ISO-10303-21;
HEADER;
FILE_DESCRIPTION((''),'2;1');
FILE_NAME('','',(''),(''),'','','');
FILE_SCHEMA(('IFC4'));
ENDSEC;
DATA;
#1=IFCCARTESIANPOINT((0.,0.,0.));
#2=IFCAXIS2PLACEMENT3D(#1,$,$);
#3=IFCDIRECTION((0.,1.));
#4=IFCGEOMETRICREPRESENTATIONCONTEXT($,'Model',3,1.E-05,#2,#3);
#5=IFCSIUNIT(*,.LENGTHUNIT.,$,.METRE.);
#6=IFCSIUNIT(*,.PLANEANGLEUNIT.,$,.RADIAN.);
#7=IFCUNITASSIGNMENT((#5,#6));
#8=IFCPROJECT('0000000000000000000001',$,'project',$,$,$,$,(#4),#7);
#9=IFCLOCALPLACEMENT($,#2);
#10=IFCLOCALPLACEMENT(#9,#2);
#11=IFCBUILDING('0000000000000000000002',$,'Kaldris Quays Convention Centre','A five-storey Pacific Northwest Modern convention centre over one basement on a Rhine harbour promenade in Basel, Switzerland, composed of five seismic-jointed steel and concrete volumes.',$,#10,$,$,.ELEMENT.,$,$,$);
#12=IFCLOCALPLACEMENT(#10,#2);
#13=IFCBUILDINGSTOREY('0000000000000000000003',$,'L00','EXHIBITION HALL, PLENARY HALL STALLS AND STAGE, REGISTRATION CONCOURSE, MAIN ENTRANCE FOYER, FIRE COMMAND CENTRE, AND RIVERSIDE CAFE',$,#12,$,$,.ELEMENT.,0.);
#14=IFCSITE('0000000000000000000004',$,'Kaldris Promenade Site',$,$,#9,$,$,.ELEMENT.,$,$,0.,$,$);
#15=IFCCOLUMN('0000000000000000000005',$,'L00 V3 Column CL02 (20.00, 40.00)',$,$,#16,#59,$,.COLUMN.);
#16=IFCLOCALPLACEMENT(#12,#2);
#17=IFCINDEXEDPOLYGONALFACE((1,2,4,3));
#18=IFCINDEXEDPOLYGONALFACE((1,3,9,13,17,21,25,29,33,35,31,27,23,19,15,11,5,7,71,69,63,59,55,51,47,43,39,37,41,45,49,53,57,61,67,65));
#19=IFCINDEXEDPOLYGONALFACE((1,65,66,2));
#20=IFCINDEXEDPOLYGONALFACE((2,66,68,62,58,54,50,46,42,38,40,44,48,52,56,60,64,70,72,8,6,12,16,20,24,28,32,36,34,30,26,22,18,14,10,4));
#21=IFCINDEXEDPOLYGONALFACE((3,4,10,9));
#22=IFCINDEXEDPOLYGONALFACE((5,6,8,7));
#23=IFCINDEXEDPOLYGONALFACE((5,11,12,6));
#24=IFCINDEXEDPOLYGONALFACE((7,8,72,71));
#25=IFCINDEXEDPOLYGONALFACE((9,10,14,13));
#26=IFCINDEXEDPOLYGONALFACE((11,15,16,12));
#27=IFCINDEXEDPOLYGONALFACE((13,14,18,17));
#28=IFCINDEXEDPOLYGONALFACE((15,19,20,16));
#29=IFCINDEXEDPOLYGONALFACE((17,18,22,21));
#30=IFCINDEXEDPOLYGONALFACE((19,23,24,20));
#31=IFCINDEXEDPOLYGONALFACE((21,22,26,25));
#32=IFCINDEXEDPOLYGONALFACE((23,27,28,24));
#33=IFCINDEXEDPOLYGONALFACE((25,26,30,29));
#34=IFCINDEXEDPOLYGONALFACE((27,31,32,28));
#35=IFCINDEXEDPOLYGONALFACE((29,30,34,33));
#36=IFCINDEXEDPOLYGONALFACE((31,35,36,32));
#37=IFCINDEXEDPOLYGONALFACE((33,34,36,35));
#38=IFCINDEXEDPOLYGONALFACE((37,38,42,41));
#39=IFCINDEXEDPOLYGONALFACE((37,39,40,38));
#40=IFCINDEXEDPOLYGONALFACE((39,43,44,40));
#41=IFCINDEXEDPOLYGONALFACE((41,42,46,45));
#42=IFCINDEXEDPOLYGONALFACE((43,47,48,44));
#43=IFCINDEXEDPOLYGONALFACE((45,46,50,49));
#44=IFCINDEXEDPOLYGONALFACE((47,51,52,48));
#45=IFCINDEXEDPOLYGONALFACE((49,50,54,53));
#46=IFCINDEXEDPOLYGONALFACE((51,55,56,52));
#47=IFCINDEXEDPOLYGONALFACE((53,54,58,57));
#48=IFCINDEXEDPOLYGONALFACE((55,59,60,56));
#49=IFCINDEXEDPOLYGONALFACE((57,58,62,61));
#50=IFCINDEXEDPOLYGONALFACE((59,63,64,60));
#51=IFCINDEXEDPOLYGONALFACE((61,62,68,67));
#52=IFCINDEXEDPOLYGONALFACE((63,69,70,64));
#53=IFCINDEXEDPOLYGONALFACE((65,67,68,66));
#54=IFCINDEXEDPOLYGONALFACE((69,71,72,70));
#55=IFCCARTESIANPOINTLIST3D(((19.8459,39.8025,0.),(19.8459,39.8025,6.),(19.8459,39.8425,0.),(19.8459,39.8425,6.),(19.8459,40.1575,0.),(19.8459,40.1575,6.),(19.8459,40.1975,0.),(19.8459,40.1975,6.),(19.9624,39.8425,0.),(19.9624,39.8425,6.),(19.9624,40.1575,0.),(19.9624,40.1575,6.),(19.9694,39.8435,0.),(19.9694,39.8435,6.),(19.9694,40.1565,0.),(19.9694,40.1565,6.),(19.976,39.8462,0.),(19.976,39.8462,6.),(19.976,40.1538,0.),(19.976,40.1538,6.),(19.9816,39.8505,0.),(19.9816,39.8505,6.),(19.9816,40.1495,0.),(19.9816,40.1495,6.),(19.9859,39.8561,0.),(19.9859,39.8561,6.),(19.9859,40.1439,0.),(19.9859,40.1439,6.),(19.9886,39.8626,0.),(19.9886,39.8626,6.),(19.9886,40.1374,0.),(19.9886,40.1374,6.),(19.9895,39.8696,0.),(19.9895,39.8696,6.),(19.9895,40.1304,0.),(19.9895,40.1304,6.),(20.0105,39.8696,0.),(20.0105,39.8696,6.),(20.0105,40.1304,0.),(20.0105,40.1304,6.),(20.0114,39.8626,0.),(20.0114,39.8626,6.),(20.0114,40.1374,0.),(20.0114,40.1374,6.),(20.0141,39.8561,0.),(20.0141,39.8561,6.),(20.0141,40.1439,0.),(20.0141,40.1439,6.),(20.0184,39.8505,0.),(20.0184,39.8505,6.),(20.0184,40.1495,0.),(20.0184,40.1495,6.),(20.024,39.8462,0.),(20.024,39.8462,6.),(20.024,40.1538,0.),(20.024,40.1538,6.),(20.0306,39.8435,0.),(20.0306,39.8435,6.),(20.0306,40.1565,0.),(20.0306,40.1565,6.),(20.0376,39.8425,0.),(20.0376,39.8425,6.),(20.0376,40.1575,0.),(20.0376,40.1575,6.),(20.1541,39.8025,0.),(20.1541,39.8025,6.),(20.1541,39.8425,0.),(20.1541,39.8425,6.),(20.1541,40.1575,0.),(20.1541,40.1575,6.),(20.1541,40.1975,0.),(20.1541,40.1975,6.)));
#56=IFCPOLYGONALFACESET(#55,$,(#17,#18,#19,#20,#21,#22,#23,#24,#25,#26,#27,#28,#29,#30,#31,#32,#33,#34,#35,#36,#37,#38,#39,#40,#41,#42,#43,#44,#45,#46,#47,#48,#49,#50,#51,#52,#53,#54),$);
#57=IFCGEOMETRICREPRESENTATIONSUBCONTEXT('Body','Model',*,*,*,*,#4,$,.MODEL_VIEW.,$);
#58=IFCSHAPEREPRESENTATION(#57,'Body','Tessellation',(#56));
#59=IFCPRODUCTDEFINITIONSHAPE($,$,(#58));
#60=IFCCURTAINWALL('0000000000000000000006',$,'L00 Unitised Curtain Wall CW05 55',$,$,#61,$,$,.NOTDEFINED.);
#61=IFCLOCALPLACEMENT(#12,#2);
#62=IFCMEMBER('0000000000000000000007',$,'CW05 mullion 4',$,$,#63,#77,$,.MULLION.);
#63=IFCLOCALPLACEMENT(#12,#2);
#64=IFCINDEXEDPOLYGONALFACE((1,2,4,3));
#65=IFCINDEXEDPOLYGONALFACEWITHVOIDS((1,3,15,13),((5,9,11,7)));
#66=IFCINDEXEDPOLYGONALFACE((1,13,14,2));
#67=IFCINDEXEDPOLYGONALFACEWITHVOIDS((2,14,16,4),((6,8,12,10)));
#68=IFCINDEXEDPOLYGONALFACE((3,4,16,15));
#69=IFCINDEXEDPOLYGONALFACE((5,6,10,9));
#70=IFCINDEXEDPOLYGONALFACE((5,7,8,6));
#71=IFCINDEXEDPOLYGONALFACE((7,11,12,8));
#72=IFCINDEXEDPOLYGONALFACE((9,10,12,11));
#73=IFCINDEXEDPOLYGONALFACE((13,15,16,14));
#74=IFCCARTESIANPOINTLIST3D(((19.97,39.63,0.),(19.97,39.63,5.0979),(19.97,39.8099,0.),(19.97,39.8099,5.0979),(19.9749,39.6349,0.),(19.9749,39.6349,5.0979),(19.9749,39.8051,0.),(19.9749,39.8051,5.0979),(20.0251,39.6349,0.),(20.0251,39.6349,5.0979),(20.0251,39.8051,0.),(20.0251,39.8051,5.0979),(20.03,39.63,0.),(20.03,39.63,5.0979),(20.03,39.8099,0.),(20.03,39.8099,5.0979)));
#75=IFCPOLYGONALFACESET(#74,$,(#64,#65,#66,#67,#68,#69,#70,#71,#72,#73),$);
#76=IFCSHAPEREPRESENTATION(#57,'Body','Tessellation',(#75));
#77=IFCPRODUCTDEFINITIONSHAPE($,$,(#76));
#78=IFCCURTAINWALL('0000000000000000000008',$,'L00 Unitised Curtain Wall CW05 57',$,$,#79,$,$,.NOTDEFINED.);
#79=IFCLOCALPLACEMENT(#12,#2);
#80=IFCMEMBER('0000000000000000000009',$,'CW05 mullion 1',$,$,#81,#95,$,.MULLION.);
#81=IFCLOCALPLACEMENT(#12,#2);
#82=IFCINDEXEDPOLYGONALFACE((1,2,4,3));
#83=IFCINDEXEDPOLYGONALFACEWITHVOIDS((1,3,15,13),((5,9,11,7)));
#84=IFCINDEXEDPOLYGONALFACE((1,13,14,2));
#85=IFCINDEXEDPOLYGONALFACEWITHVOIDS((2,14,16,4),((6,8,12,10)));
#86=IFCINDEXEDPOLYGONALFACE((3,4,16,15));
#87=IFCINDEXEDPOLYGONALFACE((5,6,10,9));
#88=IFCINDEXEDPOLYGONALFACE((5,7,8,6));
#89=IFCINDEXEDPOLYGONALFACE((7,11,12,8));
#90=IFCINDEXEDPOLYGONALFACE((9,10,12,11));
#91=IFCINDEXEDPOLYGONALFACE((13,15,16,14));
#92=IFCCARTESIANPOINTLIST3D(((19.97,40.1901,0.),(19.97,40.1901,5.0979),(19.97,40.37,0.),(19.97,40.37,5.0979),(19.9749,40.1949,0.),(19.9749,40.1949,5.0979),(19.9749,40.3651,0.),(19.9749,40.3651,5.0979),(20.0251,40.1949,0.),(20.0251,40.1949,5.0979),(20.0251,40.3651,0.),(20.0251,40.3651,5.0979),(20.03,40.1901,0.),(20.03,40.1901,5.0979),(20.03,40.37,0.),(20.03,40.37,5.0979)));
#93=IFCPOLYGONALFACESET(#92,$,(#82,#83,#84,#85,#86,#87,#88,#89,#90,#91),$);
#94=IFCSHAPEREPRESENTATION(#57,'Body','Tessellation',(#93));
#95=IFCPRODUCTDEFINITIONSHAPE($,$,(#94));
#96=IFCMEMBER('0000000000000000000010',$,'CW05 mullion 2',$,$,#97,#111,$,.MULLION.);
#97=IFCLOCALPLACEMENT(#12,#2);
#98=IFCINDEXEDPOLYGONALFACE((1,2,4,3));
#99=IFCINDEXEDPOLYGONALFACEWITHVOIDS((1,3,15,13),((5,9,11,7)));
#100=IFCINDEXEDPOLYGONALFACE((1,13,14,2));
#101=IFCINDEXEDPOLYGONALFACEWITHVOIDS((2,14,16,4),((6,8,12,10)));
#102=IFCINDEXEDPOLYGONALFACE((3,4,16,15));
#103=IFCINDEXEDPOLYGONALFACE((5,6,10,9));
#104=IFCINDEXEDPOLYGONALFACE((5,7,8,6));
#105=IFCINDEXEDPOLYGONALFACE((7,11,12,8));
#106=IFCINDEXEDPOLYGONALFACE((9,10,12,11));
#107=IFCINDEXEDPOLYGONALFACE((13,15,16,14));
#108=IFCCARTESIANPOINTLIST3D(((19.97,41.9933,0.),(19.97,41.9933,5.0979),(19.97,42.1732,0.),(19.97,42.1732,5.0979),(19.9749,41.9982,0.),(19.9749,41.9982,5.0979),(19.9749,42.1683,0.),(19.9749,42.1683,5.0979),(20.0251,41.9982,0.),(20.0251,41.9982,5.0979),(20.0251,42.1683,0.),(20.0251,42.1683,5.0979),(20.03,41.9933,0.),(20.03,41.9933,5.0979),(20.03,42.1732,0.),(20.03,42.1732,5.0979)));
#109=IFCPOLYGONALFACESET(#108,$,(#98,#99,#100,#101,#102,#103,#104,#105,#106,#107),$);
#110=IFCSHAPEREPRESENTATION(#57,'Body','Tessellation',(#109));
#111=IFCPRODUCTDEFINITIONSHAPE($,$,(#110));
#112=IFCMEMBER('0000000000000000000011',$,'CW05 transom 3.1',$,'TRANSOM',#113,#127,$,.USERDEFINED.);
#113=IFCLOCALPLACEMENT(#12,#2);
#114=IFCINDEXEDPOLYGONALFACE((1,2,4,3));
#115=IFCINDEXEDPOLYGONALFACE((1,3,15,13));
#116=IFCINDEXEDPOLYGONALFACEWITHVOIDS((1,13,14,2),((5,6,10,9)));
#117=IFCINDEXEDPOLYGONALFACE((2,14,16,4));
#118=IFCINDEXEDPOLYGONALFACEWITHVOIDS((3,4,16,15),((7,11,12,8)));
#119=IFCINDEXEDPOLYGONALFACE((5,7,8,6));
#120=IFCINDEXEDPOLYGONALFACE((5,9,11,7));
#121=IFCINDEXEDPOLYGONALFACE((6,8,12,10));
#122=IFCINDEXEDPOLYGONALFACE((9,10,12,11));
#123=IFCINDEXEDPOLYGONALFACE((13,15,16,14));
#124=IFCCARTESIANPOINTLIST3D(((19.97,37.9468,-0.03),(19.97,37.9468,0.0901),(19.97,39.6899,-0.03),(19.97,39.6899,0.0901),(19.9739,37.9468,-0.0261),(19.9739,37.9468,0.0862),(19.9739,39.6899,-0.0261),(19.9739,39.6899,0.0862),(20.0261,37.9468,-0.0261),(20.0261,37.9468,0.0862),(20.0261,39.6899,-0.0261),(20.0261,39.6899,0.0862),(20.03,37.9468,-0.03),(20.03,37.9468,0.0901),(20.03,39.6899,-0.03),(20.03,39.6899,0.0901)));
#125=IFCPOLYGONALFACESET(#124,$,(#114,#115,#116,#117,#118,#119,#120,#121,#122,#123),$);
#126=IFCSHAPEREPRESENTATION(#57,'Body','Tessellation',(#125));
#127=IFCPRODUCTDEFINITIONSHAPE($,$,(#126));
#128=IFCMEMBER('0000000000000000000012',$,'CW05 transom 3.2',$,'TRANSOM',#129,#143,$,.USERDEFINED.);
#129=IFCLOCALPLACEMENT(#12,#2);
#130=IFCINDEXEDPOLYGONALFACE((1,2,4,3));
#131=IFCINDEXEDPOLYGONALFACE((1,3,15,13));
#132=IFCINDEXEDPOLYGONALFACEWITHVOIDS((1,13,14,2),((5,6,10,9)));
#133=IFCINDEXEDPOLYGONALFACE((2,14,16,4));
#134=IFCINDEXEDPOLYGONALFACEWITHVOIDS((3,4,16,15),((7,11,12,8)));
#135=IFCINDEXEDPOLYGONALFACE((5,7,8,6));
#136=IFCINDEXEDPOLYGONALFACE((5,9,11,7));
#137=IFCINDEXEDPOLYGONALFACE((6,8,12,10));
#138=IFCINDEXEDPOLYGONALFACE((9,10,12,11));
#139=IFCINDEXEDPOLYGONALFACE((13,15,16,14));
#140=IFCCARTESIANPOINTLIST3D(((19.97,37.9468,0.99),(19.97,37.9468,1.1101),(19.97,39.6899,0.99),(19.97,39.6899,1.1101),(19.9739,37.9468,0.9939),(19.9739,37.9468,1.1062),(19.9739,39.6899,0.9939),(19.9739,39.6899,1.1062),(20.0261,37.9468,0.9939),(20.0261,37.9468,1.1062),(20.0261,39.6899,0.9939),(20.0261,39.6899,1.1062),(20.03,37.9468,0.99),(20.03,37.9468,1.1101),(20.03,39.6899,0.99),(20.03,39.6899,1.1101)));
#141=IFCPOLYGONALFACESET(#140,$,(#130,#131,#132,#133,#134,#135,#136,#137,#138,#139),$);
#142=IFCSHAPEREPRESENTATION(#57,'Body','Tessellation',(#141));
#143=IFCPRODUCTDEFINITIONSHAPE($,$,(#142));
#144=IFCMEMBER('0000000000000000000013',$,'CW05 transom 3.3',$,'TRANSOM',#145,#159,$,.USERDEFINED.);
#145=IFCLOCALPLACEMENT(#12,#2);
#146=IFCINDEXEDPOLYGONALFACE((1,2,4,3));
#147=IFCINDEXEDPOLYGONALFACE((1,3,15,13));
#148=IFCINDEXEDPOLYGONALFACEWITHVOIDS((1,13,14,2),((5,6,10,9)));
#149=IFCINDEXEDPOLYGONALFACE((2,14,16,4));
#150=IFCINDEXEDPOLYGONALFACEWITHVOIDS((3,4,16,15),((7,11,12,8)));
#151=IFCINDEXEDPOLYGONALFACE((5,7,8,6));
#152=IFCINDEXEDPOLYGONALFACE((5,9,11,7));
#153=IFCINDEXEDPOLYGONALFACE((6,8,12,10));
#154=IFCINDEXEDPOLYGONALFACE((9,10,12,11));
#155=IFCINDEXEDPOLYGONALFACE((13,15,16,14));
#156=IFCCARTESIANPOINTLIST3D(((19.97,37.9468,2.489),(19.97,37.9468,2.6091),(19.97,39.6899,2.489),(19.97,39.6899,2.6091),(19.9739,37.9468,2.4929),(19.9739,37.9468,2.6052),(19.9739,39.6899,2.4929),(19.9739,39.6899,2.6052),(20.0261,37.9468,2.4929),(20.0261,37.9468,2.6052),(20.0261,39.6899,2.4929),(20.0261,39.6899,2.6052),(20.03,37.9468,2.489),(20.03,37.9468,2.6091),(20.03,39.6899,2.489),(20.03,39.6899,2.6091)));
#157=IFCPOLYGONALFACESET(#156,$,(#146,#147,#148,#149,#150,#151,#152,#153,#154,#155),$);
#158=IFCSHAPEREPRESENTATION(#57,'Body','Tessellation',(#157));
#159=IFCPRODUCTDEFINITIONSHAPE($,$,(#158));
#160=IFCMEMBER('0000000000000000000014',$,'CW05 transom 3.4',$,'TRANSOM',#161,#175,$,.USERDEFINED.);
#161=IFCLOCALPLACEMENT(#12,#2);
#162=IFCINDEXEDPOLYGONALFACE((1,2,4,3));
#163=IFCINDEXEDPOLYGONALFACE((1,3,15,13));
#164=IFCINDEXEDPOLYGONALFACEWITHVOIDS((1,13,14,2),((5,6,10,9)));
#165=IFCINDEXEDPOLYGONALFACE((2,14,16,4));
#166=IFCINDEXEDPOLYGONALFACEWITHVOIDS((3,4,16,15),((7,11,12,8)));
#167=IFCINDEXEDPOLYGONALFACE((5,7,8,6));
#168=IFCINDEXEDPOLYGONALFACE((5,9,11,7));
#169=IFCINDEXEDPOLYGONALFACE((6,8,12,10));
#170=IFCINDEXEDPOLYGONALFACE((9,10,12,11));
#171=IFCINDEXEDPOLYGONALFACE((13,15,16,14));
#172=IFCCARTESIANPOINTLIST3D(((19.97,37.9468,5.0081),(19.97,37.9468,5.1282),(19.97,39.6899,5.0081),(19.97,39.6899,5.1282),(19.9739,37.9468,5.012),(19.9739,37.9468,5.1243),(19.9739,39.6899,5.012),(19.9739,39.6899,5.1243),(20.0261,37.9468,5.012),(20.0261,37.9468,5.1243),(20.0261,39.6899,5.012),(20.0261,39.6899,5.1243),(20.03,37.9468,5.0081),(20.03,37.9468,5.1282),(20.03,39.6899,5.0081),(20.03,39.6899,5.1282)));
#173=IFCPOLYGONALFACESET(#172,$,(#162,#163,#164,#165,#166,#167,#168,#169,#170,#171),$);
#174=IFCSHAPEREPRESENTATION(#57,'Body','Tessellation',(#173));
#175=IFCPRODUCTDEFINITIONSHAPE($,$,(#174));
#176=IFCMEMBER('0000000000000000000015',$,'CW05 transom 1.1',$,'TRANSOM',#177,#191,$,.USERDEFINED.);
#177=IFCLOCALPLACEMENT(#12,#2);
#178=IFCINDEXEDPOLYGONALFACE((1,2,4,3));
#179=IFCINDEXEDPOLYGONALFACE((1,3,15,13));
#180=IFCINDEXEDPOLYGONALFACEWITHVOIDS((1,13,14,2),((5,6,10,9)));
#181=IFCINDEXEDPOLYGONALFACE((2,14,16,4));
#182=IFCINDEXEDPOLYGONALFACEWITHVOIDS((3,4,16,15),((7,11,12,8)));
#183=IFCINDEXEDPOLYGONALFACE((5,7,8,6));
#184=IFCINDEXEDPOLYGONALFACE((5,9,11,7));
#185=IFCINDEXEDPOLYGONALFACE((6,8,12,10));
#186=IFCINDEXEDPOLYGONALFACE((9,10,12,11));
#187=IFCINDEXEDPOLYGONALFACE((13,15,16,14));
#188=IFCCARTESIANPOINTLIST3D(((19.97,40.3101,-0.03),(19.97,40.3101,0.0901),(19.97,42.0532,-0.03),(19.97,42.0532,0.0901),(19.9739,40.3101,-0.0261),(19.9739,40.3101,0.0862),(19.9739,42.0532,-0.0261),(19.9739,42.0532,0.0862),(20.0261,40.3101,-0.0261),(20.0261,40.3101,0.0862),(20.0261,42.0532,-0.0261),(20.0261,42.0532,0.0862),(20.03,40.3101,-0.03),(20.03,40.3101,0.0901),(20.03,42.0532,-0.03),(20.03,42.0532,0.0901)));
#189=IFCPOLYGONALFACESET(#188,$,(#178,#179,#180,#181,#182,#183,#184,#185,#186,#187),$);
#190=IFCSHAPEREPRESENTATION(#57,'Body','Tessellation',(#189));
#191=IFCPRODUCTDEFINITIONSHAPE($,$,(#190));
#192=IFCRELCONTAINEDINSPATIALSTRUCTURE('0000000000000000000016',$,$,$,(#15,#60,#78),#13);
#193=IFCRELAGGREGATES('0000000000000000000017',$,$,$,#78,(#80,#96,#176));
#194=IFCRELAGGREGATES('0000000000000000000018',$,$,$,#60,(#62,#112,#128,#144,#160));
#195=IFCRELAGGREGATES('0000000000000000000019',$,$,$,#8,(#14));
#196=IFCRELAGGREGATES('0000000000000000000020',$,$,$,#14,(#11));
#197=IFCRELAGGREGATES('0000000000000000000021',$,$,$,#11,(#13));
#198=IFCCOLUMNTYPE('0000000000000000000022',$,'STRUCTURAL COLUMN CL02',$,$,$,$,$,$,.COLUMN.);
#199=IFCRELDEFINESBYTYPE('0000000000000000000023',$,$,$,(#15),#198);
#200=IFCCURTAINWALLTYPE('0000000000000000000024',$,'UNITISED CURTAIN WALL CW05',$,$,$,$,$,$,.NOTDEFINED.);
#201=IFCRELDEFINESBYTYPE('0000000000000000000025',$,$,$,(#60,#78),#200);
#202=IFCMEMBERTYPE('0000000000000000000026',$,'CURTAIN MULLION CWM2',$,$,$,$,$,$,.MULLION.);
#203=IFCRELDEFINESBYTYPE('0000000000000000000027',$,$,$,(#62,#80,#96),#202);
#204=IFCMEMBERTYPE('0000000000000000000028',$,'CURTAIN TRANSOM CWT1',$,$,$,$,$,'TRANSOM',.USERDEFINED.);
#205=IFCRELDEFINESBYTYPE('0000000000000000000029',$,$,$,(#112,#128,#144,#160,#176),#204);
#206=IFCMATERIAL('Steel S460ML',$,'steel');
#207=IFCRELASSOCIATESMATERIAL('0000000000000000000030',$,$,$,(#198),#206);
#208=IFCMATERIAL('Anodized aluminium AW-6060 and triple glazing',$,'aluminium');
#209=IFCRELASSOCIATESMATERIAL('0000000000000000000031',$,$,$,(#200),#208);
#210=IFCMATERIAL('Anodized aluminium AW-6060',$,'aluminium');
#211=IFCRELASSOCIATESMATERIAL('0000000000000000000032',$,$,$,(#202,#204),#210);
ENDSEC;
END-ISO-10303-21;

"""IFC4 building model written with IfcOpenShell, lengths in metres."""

from ifc_helpers import new_model, si_unit, direction, frame, origin, origin_2d, place, context, subcontext, project, spatial, hollow_rectangle, i_section, extrude, material, material_profile, profile_set, type_object, element, aggregate, save


model = new_model("IFC4")

# Units and contexts
model_context = context("Model", 3, precision=1e-05, world=origin(), true_north=direction((0.0, 1.0)))
body_context = subcontext(model_context, "Body", "Model", "MODEL_VIEW")
ifc_project = project(units=[si_unit("LENGTHUNIT", "METRE"), si_unit("PLANEANGLEUNIT", "RADIAN")], contexts=[model_context])

# Site, building, storey
site_placement = place(None, origin())
site = spatial("IfcSite", under=ifc_project, at=site_placement, Name="Kaldris Promenade Site", CompositionType="ELEMENT", RefElevation=0.0)
building_placement = place(site_placement, origin())
building = spatial("IfcBuilding", under=site, at=building_placement, Name="Kaldris Quays Convention Centre", Description="A five-storey Pacific Northwest Modern convention centre over one basement on a Rhine harbour promenade in Basel, Switzerland, composed of five seismic-jointed steel and concrete volumes.", CompositionType="ELEMENT")
storey_placement = place(building_placement, origin())
storey = spatial("IfcBuildingStorey", under=building, at=storey_placement, Name="L00", Description="EXHIBITION HALL, PLENARY HALL STALLS AND STAGE, REGISTRATION CONCOURSE, MAIN ENTRANCE FOYER, FIRE COMMAND CENTRE, AND RIVERSIDE CAFE", CompositionType="ELEMENT", Elevation=0.0)

# Column
ifc_material_1 = material(Name="Steel S460ML", Category="steel")
ifc_material_profile_1 = material_profile(ifc_material_1, i_section(OverallWidth=0.3081, OverallDepth=0.395, WebThickness=0.021, FlangeThickness=0.04, FilletRadius=0.0271, at=origin_2d()), Name="HEM 360")
ifc_profile_set_1 = profile_set([ifc_material_profile_1], Name="Steel S460ML")
column_type = type_object("IfcColumnType", Name="STRUCTURAL COLUMN CL02", PredefinedType="COLUMN", material=ifc_profile_set_1)
column_placement = place(storey_placement, frame((20.0, 40.0, 0.0), z_axis=(0.0, 0.0, 1.0), x_axis=(1.0, 0.0, 0.0)))
element("IfcColumn", 1, at=column_placement, inside=storey, type_object=column_type, Name="L00 V3 Column CL02 (20.00, 40.00)", PredefinedType="COLUMN", context=body_context, shape_type="SweptSolid", body=[
    extrude(i_section(OverallWidth=0.3081, OverallDepth=0.395, WebThickness=0.021, FlangeThickness=0.04, FilletRadius=0.0271, at=origin_2d()), origin(), (0.0, 0.0, 1.0), 6.0),
])

# Curtain wall, member
ifc_material_2 = material(Name="Anodized aluminium AW-6060 and triple glazing", Category="aluminium")
curtain_wall_type = type_object("IfcCurtainWallType", Name="UNITISED CURTAIN WALL CW05", PredefinedType="NOTDEFINED", material=ifc_material_2)
curtain_wall_1_placement = place(storey_placement, origin())
curtain_wall_1 = element("IfcCurtainWall", 2, at=curtain_wall_1_placement, inside=storey, type_object=curtain_wall_type, Name="L00 Unitised Curtain Wall CW05 55", PredefinedType="NOTDEFINED")
ifc_material_3 = material(Name="Anodized aluminium AW-6060", Category="aluminium")
ifc_material_profile_2 = material_profile(ifc_material_3, hollow_rectangle(XDim=0.0601, YDim=0.1799, WallThickness=0.0049, at=origin_2d()), Name="RHS 180x60x5")
ifc_profile_set_2 = profile_set([ifc_material_profile_2], Name="Anodized aluminium AW-6060")
member_type_1 = type_object("IfcMemberType", Name="CURTAIN MULLION CWM2", PredefinedType="MULLION", material=ifc_profile_set_2)
member_1_placement = place(storey_placement, frame((20.0, 39.72, 0.0), z_axis=(0.0, 0.0, 1.0), x_axis=(-1.0, 0.0, 0.0)))
member_1 = element("IfcMember", 3, at=member_1_placement, type_object=member_type_1, Name="CW05 mullion 4", PredefinedType="MULLION", context=body_context, shape_type="SweptSolid", body=[
    extrude(hollow_rectangle(XDim=0.0601, YDim=0.1799, WallThickness=0.0049, at=origin_2d()), origin(), (0.0, 0.0, 1.0), 5.0979),
])

# Curtain wall, members
curtain_wall_2_placement = place(storey_placement, origin())
curtain_wall_2 = element("IfcCurtainWall", 4, at=curtain_wall_2_placement, inside=storey, type_object=curtain_wall_type, Name="L00 Unitised Curtain Wall CW05 57", PredefinedType="NOTDEFINED")
member_2_placement = place(storey_placement, frame((20.0, 40.28, 0.0), z_axis=(0.0, 0.0, 1.0), x_axis=(-1.0, 0.0, 0.0)))
member_2 = element("IfcMember", 5, at=member_2_placement, type_object=member_type_1, Name="CW05 mullion 1", PredefinedType="MULLION", context=body_context, shape_type="SweptSolid", body=[
    extrude(hollow_rectangle(XDim=0.0601, YDim=0.1799, WallThickness=0.0049, at=origin_2d()), origin(), (0.0, 0.0, 1.0), 5.0979),
])
member_3_placement = place(storey_placement, frame((20.0, 42.0833, 0.0), z_axis=(0.0, 0.0, 1.0), x_axis=(-1.0, 0.0, 0.0)))
member_3 = element("IfcMember", 6, at=member_3_placement, type_object=member_type_1, Name="CW05 mullion 2", PredefinedType="MULLION", context=body_context, shape_type="SweptSolid", body=[
    extrude(hollow_rectangle(XDim=0.0601, YDim=0.1799, WallThickness=0.0049, at=origin_2d()), origin(), (0.0, 0.0, 1.0), 5.0979),
])

# Members
ifc_material_profile_3 = material_profile(ifc_material_3, hollow_rectangle(XDim=0.0601, YDim=0.1201, WallThickness=0.0039, at=origin_2d()), Name="RHS 120x60x4")
ifc_profile_set_3 = profile_set([ifc_material_profile_3], Name="Anodized aluminium AW-6060")
member_type_2 = type_object("IfcMemberType", Name="CURTAIN TRANSOM CWT1", ElementType="TRANSOM", PredefinedType="USERDEFINED", material=ifc_profile_set_3)
member_4_placement = place(storey_placement, frame((20.0, 37.9468, 0.03), z_axis=(0.0, 1.0, 0.0), x_axis=(-1.0, 0.0, 0.0)))
member_4 = element("IfcMember", 7, at=member_4_placement, type_object=member_type_2, Name="CW05 transom 3.1", ObjectType="TRANSOM", PredefinedType="USERDEFINED", context=body_context, shape_type="SweptSolid", body=[
    extrude(hollow_rectangle(XDim=0.0601, YDim=0.1201, WallThickness=0.0039, at=origin_2d()), origin(), (0.0, 0.0, 1.0), 1.7432),
])
member_5_placement = place(storey_placement, frame((20.0, 37.9468, 1.05), z_axis=(0.0, 1.0, 0.0), x_axis=(-1.0, 0.0, 0.0)))
member_5 = element("IfcMember", 8, at=member_5_placement, type_object=member_type_2, Name="CW05 transom 3.2", ObjectType="TRANSOM", PredefinedType="USERDEFINED", context=body_context, shape_type="SweptSolid", body=[
    extrude(hollow_rectangle(XDim=0.0601, YDim=0.1201, WallThickness=0.0039, at=origin_2d()), origin(), (0.0, 0.0, 1.0), 1.7432),
])
member_6_placement = place(storey_placement, frame((20.0, 37.9468, 2.5491), z_axis=(0.0, 1.0, 0.0), x_axis=(-1.0, 0.0, 0.0)))
member_6 = element("IfcMember", 9, at=member_6_placement, type_object=member_type_2, Name="CW05 transom 3.3", ObjectType="TRANSOM", PredefinedType="USERDEFINED", context=body_context, shape_type="SweptSolid", body=[
    extrude(hollow_rectangle(XDim=0.0601, YDim=0.1201, WallThickness=0.0039, at=origin_2d()), origin(), (0.0, 0.0, 1.0), 1.7432),
])
member_7_placement = place(storey_placement, frame((20.0, 37.9468, 5.0681), z_axis=(0.0, 1.0, 0.0), x_axis=(-1.0, 0.0, 0.0)))
member_7 = element("IfcMember", 10, at=member_7_placement, type_object=member_type_2, Name="CW05 transom 3.4", ObjectType="TRANSOM", PredefinedType="USERDEFINED", context=body_context, shape_type="SweptSolid", body=[
    extrude(hollow_rectangle(XDim=0.0601, YDim=0.1201, WallThickness=0.0039, at=origin_2d()), origin(), (0.0, 0.0, 1.0), 1.7432),
])
member_8_placement = place(storey_placement, frame((20.0, 40.3101, 0.03), z_axis=(0.0, 1.0, 0.0), x_axis=(-1.0, 0.0, 0.0)))
member_8 = element("IfcMember", 11, at=member_8_placement, type_object=member_type_2, Name="CW05 transom 1.1", ObjectType="TRANSOM", PredefinedType="USERDEFINED", context=body_context, shape_type="SweptSolid", body=[
    extrude(hollow_rectangle(XDim=0.0601, YDim=0.1201, WallThickness=0.0039, at=origin_2d()), origin(), (0.0, 0.0, 1.0), 1.7432),
])

aggregate(curtain_wall_2, [member_2, member_3, member_8])
aggregate(curtain_wall_1, [member_1, member_4, member_5, member_6, member_7])

save(model, "model.ifc")
